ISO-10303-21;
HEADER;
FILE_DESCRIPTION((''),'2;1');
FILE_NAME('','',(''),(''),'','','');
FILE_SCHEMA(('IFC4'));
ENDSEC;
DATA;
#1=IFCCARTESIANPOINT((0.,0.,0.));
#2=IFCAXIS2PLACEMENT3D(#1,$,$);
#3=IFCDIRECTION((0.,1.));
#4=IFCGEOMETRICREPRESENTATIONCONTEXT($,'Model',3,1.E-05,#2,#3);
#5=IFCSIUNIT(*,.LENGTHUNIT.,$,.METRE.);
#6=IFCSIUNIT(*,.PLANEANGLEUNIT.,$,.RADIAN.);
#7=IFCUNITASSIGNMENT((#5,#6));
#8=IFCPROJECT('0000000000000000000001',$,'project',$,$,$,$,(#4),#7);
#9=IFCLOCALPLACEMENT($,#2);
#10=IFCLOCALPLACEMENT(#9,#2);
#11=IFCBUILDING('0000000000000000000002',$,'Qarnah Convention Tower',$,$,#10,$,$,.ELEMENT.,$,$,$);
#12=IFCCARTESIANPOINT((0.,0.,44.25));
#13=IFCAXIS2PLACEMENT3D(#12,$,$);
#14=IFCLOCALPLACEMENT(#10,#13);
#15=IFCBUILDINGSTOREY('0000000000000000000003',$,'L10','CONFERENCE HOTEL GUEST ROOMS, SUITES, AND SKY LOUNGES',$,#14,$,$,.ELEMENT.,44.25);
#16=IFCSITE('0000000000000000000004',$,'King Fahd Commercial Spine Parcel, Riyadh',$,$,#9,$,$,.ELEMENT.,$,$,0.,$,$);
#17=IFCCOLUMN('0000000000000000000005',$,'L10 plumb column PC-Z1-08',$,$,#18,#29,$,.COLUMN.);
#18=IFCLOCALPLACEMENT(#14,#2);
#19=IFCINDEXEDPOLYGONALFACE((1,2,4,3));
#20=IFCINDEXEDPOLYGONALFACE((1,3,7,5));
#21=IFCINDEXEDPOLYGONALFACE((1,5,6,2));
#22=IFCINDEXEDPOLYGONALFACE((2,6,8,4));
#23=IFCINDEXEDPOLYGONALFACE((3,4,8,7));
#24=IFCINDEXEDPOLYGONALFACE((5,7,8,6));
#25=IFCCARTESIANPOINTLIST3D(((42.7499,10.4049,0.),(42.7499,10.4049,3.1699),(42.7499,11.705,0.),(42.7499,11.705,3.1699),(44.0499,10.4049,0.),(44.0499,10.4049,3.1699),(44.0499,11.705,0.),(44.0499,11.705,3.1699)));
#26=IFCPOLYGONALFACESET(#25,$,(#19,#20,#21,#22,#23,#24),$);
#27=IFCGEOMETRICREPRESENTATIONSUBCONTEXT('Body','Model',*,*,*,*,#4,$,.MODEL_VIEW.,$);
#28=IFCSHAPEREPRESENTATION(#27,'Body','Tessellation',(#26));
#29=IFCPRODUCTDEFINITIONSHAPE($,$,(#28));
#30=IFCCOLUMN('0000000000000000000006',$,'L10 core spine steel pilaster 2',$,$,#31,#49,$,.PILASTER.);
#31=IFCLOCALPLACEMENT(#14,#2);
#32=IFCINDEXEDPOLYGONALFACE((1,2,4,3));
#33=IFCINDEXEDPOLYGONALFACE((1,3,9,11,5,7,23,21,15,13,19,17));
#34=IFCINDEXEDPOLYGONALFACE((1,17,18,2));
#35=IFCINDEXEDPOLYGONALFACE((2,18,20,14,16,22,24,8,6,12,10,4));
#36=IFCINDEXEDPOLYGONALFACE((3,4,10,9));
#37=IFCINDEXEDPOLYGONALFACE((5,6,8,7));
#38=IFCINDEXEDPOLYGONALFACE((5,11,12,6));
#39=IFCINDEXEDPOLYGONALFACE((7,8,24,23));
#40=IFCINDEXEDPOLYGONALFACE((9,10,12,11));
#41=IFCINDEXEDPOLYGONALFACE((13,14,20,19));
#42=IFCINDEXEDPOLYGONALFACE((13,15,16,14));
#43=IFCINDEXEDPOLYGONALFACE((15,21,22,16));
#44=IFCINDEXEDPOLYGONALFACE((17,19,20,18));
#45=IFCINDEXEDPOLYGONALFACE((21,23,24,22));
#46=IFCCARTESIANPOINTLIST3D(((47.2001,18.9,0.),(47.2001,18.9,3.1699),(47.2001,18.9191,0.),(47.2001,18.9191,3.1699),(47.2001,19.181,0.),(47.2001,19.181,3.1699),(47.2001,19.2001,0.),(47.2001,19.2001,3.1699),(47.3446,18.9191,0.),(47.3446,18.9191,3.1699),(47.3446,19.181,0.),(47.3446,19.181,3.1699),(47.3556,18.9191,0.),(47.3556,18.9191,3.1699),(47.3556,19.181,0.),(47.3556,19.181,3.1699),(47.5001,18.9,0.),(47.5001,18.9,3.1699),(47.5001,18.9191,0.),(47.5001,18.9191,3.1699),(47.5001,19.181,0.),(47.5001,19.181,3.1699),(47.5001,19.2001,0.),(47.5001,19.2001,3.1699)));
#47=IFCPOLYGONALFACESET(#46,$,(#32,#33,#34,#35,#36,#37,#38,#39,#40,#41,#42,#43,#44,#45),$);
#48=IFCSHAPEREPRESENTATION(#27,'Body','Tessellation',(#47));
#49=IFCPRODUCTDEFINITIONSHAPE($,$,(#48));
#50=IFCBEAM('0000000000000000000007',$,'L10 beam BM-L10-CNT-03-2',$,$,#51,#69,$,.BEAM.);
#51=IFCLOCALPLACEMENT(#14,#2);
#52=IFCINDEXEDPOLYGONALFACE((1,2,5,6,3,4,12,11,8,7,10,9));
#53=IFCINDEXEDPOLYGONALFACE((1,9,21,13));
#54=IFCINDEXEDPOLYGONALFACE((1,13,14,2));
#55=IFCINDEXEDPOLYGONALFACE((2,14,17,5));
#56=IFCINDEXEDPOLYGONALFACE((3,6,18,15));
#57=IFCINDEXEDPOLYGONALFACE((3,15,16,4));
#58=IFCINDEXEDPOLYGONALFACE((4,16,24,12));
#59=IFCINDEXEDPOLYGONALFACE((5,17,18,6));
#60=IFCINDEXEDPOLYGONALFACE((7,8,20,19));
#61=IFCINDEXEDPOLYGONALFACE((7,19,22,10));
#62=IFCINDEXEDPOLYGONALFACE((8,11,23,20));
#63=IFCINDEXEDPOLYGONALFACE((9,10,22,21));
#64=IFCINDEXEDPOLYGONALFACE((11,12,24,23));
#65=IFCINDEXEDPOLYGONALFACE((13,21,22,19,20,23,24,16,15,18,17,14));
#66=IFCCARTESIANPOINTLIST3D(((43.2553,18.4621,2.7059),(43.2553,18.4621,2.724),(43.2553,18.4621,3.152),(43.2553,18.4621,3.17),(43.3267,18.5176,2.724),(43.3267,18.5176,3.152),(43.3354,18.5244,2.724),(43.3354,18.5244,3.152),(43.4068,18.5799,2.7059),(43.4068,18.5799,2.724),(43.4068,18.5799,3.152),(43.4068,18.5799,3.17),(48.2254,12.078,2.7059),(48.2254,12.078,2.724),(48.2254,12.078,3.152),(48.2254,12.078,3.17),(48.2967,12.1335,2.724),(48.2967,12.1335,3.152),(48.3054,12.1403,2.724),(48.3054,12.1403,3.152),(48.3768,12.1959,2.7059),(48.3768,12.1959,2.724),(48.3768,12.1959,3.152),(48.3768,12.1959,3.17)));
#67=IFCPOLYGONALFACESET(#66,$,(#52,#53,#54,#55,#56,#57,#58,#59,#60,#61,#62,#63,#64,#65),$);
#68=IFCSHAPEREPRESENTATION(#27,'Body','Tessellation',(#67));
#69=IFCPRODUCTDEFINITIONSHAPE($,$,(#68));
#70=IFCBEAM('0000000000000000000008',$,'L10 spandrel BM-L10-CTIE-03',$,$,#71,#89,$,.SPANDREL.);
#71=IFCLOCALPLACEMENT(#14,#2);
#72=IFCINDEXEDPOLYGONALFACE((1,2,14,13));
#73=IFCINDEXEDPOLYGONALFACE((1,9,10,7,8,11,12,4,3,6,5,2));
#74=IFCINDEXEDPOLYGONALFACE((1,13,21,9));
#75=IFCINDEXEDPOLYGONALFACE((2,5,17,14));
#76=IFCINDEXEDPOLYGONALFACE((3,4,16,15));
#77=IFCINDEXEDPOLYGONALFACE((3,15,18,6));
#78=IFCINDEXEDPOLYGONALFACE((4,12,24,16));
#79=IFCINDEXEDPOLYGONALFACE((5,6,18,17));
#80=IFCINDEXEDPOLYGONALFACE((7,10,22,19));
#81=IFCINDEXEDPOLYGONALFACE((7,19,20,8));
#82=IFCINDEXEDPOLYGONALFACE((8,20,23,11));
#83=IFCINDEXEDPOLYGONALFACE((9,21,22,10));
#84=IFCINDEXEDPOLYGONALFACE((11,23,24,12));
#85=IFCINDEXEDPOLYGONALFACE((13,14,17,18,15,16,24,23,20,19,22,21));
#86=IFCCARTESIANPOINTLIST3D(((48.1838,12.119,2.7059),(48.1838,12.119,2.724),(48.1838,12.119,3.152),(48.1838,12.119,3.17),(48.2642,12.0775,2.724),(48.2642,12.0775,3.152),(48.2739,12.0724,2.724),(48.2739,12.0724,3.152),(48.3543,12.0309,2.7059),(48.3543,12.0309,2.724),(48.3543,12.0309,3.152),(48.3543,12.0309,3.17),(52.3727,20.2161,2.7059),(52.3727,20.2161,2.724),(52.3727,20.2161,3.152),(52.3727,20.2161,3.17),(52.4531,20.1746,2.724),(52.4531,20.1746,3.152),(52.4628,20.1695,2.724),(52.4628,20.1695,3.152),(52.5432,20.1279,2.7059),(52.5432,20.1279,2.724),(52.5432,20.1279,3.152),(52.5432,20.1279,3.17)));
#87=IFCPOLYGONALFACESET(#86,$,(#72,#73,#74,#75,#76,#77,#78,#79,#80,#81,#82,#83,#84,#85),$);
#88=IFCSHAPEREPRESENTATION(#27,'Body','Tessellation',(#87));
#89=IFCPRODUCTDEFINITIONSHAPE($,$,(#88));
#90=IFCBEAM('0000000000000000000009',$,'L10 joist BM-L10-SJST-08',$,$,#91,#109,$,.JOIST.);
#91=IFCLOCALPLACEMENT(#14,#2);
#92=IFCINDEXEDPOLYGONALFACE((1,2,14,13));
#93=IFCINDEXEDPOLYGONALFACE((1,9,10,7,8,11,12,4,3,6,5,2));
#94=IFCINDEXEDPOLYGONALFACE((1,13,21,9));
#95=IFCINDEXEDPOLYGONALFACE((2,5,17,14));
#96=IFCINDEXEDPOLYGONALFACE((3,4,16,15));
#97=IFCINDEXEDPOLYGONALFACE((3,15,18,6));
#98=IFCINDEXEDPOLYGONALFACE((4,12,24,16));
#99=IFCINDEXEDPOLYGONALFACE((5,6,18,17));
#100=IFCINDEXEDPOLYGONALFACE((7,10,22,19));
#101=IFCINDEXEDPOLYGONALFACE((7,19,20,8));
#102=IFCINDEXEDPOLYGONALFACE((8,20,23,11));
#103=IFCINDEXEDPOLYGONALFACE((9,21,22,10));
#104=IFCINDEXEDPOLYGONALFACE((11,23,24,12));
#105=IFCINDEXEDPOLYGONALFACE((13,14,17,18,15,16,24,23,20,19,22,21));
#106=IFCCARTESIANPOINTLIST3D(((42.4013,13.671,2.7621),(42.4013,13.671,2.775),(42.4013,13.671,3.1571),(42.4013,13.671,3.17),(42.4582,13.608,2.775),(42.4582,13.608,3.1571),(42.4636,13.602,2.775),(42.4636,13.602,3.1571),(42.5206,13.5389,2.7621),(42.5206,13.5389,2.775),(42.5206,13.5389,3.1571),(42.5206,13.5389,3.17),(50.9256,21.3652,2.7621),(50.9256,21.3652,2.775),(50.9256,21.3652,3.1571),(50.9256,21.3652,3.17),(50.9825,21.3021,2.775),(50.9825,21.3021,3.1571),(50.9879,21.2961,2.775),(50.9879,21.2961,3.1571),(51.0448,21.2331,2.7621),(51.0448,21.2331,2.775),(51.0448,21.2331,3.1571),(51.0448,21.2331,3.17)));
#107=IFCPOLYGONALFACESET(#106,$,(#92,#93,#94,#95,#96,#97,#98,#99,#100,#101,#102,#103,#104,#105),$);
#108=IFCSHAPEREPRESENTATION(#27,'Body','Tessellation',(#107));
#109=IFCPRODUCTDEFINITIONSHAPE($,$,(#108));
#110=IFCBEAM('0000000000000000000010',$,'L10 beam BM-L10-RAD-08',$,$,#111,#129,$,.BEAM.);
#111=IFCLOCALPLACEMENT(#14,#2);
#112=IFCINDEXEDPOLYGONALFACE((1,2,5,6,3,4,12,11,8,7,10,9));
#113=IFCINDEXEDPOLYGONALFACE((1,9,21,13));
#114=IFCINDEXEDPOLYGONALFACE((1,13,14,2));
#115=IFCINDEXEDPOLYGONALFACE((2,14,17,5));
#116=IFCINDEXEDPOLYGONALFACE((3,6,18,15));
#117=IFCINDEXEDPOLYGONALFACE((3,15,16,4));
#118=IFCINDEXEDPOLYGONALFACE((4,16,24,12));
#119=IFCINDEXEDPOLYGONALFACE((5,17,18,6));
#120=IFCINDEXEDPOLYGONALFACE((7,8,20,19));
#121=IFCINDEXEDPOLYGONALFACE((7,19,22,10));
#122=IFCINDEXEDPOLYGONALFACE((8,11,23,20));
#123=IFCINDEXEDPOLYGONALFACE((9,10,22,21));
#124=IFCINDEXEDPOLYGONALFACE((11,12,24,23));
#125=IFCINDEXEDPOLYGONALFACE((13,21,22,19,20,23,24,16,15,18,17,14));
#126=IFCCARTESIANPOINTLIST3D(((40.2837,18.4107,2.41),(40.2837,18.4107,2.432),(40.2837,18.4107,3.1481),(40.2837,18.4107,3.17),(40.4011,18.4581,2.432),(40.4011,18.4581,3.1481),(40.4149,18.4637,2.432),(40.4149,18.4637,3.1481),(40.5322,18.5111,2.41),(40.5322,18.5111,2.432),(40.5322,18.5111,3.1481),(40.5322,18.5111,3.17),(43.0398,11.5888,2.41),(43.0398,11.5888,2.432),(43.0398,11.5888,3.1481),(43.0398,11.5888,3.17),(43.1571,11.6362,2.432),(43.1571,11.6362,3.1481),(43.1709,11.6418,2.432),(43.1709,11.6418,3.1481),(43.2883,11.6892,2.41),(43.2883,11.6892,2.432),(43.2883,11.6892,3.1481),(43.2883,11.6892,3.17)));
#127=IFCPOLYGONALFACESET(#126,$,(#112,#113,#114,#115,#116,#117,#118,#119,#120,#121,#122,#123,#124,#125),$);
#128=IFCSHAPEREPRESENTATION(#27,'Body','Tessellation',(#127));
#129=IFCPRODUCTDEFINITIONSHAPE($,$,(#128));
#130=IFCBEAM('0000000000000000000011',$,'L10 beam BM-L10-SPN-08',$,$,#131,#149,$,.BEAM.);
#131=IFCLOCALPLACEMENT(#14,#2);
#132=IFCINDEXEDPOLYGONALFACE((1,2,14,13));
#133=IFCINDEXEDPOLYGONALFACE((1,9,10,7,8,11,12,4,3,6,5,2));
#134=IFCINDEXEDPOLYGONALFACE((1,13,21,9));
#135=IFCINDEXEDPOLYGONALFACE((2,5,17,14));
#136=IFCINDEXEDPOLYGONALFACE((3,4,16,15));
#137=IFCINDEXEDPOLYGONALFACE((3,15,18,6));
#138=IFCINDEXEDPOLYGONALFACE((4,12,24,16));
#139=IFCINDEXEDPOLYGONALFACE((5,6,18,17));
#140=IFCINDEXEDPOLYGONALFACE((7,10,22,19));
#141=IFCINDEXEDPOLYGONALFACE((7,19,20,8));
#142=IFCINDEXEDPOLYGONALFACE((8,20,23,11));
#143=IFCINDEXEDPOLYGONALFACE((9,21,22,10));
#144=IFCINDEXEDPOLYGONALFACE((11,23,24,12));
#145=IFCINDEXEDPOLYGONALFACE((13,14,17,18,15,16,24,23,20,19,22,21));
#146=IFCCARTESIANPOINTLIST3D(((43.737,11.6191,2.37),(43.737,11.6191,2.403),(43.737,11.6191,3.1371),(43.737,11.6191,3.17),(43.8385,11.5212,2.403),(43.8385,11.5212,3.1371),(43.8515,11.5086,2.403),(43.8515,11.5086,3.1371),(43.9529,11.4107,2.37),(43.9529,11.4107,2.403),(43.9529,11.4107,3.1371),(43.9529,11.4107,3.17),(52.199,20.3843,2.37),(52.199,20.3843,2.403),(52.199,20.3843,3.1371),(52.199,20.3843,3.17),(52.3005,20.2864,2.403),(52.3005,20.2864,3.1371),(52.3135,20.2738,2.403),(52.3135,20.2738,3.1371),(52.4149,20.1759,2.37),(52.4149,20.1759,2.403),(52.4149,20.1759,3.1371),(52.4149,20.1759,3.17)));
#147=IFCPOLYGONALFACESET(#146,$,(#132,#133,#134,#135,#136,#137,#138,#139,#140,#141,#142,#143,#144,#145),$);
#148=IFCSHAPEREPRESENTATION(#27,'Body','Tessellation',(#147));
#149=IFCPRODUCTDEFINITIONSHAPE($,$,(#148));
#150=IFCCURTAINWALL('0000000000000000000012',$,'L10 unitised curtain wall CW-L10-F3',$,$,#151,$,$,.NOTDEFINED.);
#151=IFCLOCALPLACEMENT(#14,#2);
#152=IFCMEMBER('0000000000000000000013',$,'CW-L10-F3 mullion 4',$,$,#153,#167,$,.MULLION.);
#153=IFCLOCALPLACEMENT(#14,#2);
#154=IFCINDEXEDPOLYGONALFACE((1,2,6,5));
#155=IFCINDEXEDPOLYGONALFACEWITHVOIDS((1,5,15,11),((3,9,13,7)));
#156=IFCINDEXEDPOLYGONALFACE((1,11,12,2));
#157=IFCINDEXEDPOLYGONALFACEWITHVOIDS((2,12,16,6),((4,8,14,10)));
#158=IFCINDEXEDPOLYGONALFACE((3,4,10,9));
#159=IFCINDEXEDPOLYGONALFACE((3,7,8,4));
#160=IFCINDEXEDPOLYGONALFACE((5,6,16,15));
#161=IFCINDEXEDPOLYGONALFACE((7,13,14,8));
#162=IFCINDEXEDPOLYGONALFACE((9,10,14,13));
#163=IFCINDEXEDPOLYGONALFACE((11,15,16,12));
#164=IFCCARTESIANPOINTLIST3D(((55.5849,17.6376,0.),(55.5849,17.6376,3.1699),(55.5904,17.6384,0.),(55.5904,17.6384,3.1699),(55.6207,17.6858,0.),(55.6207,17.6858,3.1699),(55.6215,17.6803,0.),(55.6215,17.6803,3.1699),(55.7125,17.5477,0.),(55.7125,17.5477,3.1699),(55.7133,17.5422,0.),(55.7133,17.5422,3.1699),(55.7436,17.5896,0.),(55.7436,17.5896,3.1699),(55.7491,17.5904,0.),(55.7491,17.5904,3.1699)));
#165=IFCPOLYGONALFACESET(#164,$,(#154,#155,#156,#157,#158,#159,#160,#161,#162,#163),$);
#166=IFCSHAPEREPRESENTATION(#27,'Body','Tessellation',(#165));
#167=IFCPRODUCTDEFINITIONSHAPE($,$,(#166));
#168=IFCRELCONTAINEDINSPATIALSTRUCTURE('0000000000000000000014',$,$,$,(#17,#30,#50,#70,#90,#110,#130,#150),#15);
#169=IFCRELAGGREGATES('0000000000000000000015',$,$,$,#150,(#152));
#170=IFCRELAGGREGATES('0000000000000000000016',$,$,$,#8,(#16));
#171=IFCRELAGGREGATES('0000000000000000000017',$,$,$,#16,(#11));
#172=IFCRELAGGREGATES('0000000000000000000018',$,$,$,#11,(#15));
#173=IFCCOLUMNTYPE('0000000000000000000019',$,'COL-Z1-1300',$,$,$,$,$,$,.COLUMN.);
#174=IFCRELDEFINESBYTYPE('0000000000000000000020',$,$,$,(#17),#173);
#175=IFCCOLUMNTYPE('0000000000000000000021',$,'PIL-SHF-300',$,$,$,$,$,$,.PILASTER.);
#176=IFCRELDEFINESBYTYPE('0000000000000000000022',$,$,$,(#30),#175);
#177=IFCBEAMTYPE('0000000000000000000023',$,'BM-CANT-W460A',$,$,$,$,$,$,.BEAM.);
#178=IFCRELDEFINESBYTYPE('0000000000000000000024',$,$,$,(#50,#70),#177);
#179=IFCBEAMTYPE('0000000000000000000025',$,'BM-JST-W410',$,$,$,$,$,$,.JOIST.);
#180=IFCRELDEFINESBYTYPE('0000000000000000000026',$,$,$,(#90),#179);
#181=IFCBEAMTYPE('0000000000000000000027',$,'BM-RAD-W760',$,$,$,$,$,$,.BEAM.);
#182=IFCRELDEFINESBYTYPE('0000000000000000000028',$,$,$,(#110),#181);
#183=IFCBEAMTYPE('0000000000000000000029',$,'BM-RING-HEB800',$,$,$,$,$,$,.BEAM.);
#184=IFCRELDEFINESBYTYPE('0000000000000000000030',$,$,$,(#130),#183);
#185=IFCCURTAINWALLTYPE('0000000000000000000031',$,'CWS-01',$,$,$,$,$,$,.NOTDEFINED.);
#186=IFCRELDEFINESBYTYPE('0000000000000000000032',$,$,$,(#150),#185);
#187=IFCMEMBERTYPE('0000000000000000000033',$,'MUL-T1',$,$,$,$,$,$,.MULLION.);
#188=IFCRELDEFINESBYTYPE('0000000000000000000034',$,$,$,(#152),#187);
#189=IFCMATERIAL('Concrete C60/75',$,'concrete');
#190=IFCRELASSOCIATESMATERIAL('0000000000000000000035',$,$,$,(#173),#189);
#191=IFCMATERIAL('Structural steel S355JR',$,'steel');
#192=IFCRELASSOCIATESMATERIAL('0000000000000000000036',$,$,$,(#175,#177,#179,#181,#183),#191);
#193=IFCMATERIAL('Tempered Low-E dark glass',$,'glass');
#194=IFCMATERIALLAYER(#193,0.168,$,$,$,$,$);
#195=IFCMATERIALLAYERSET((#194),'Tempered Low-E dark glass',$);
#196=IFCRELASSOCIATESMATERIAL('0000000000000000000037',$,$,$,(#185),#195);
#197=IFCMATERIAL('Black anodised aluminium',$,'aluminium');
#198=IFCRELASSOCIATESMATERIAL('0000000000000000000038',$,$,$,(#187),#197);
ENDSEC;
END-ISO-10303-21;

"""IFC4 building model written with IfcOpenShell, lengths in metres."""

from ifc_helpers import new_model, si_unit, direction, frame, origin, origin_2d, place, context, subcontext, project, spatial, rectangle, hollow_rectangle, i_section, extrude, material, layer, layer_set, material_profile, profile_set, type_object, element, aggregate, save


model = new_model("IFC4")

# Units and contexts
model_context = context("Model", 3, precision=1e-05, world=origin(), true_north=direction((0.0, 1.0)))
body_context = subcontext(model_context, "Body", "Model", "MODEL_VIEW")
ifc_project = project(units=[si_unit("LENGTHUNIT", "METRE"), si_unit("PLANEANGLEUNIT", "RADIAN")], contexts=[model_context])

# Site, building, storey
site_placement = place(None, origin())
site = spatial("IfcSite", under=ifc_project, at=site_placement, Name="King Fahd Commercial Spine Parcel, Riyadh", CompositionType="ELEMENT", RefElevation=0.0)
building_placement = place(site_placement, origin())
building = spatial("IfcBuilding", under=site, at=building_placement, Name="Qarnah Convention Tower", CompositionType="ELEMENT")
storey_placement = place(building_placement, frame((0.0, 0.0, 44.25)))
storey = spatial("IfcBuildingStorey", under=building, at=storey_placement, Name="L10", Description="CONFERENCE HOTEL GUEST ROOMS, SUITES, AND SKY LOUNGES", CompositionType="ELEMENT", Elevation=44.25)

# Columns
ifc_material_1 = material(Name="Concrete C60/75", Category="concrete")
ifc_material_profile_1 = material_profile(ifc_material_1, rectangle(XDim=1.3, YDim=1.3, at=origin_2d()), Name="RC-COL-1300X1300")
ifc_profile_set_1 = profile_set([ifc_material_profile_1], Name="Concrete C60/75")
column_type_1 = type_object("IfcColumnType", Name="COL-Z1-1300", PredefinedType="COLUMN", material=ifc_profile_set_1)
column_1_placement = place(storey_placement, frame((43.3999, 11.0549, 0.0), z_axis=(0.0, 0.0, 1.0), x_axis=(1.0, 0.0, 0.0)))
element("IfcColumn", 1, at=column_1_placement, inside=storey, type_object=column_type_1, Name="L10 plumb column PC-Z1-08", PredefinedType="COLUMN", context=body_context, shape_type="SweptSolid", body=[
    extrude(rectangle(XDim=1.3, YDim=1.3, at=origin_2d()), origin(), (0.0, 0.0, 1.0), 3.1699),
])
ifc_material_2 = material(Name="Structural steel S355JR", Category="steel")
ifc_material_profile_2 = material_profile(ifc_material_2, i_section(OverallWidth=0.3, OverallDepth=0.3, WebThickness=0.011, FlangeThickness=0.019, at=origin_2d()), Name="HEB300")
ifc_profile_set_2 = profile_set([ifc_material_profile_2], Name="Structural steel S355JR")
column_type_2 = type_object("IfcColumnType", Name="PIL-SHF-300", PredefinedType="PILASTER", material=ifc_profile_set_2)
column_2_placement = place(storey_placement, frame((47.3501, 19.05, 0.0), z_axis=(0.0, 0.0, 1.0), x_axis=(1.0, 0.0, 0.0)))
element("IfcColumn", 2, at=column_2_placement, inside=storey, type_object=column_type_2, Name="L10 core spine steel pilaster 2", PredefinedType="PILASTER", context=body_context, shape_type="SweptSolid", body=[
    extrude(i_section(OverallWidth=0.3, OverallDepth=0.3, WebThickness=0.011, FlangeThickness=0.019, at=origin_2d()), origin(), (0.0, 0.0, 1.0), 3.1699),
])

# Beams
ifc_material_profile_3 = material_profile(ifc_material_2, i_section(OverallWidth=0.1919, OverallDepth=0.4641, WebThickness=0.011, FlangeThickness=0.0181, at=origin_2d()), Name="W460X89")
ifc_profile_set_3 = profile_set([ifc_material_profile_3], Name="Structural steel S355JR")
beam_type_1 = type_object("IfcBeamType", Name="BM-CANT-W460A", PredefinedType="BEAM", material=ifc_profile_set_3)
beam_1_placement = place(storey_placement, frame((43.3311, 18.521, 2.938), z_axis=(0.614296, -0.789076, 0.0), x_axis=(0.789076, 0.614296, 0.0)))
element("IfcBeam", 3, at=beam_1_placement, inside=storey, type_object=beam_type_1, Name="L10 beam BM-L10-CNT-03-2", PredefinedType="BEAM", context=body_context, shape_type="SweptSolid", body=[
    extrude(i_section(OverallWidth=0.1919, OverallDepth=0.4641, WebThickness=0.011, FlangeThickness=0.0181, at=origin_2d()), origin(), (0.0, 0.0, 1.0), 8.0906),
])
beam_2_placement = place(storey_placement, frame((48.269, 12.075, 2.938), z_axis=(0.45949, 0.888183, 0.0), x_axis=(-0.888183, 0.45949, 0.0)))
element("IfcBeam", 4, at=beam_2_placement, inside=storey, type_object=beam_type_1, Name="L10 spandrel BM-L10-CTIE-03", PredefinedType="SPANDREL", context=body_context, shape_type="SweptSolid", body=[
    extrude(i_section(OverallWidth=0.1919, OverallDepth=0.4641, WebThickness=0.011, FlangeThickness=0.0181, at=origin_2d()), origin(), (0.0, 0.0, 1.0), 9.1165),
])
ifc_material_profile_4 = material_profile(ifc_material_2, i_section(OverallWidth=0.178, OverallDepth=0.408, WebThickness=0.0081, FlangeThickness=0.0129, at=origin_2d()), Name="W410X60")
ifc_profile_set_4 = profile_set([ifc_material_profile_4], Name="Structural steel S355JR")
beam_type_2 = type_object("IfcBeamType", Name="BM-JST-W410", PredefinedType="JOIST", material=ifc_profile_set_4)
beam_3_placement = place(storey_placement, frame((42.4609, 13.605, 2.9661), z_axis=(0.742326, 0.670039, 0.0), x_axis=(-0.670039, 0.742326, 0.0)))
element("IfcBeam", 5, at=beam_3_placement, inside=storey, type_object=beam_type_2, Name="L10 joist BM-L10-SJST-08", PredefinedType="JOIST", context=body_context, shape_type="SweptSolid", body=[
    extrude(i_section(OverallWidth=0.178, OverallDepth=0.408, WebThickness=0.0081, FlangeThickness=0.0129, at=origin_2d()), origin(), (0.0, 0.0, 1.0), 11.4832),
])
ifc_material_profile_5 = material_profile(ifc_material_2, i_section(OverallWidth=0.2681, OverallDepth=0.76, WebThickness=0.0149, FlangeThickness=0.022, at=origin_2d()), Name="W760X185")
ifc_profile_set_5 = profile_set([ifc_material_profile_5], Name="Structural steel S355JR")
beam_type_3 = type_object("IfcBeamType", Name="BM-RAD-W760", PredefinedType="BEAM", material=ifc_profile_set_5)
beam_4_placement = place(storey_placement, frame((40.408, 18.4609, 2.79), z_axis=(0.374586, -0.927192, 0.0), x_axis=(0.927192, 0.374586, 0.0)))
element("IfcBeam", 6, at=beam_4_placement, inside=storey, type_object=beam_type_3, Name="L10 beam BM-L10-RAD-08", PredefinedType="BEAM", context=body_context, shape_type="SweptSolid", body=[
    extrude(i_section(OverallWidth=0.2681, OverallDepth=0.76, WebThickness=0.0149, FlangeThickness=0.022, at=origin_2d()), origin(), (0.0, 0.0, 1.0), 7.3577),
])
ifc_material_profile_6 = material_profile(ifc_material_2, i_section(OverallWidth=0.3, OverallDepth=0.8, WebThickness=0.0181, FlangeThickness=0.033, at=origin_2d()), Name="HEB800")
ifc_profile_set_6 = profile_set([ifc_material_profile_6], Name="Structural steel S355JR")
beam_type_4 = type_object("IfcBeamType", Name="BM-RING-HEB800", PredefinedType="BEAM", material=ifc_profile_set_6)
beam_5_placement = place(storey_placement, frame((43.845, 11.5149, 2.77), z_axis=(0.694553, 0.719442, 0.0), x_axis=(-0.719442, 0.694553, 0.0)))
element("IfcBeam", 7, at=beam_5_placement, inside=storey, type_object=beam_type_4, Name="L10 beam BM-L10-SPN-08", PredefinedType="BEAM", context=body_context, shape_type="SweptSolid", body=[
    extrude(i_section(OverallWidth=0.3, OverallDepth=0.8, WebThickness=0.0181, FlangeThickness=0.033, at=origin_2d()), origin(), (0.0, 0.0, 1.0), 12.1833),
])

# Curtain wall, member
ifc_material_3 = material(Name="Tempered Low-E dark glass", Category="glass")
ifc_layer_1 = layer(ifc_material_3, 0.168)
ifc_layer_set_1 = layer_set([ifc_layer_1], Name="Tempered Low-E dark glass")
curtain_wall_type = type_object("IfcCurtainWallType", Name="CWS-01", PredefinedType="NOTDEFINED", material=ifc_layer_set_1)
curtain_wall_1_placement = place(storey_placement, origin())
curtain_wall_1 = element("IfcCurtainWall", 8, at=curtain_wall_1_placement, inside=storey, type_object=curtain_wall_type, Name="L10 unitised curtain wall CW-L10-F3", PredefinedType="NOTDEFINED")
ifc_material_4 = material(Name="Black anodised aluminium", Category="aluminium")
ifc_material_profile_7 = material_profile(ifc_material_4, hollow_rectangle(XDim=0.0601, YDim=0.1599, WallThickness=0.0039, at=origin_2d()), Name="MUL-60X160")
ifc_profile_set_7 = profile_set([ifc_material_profile_7], Name="Black anodised aluminium")
member_type_1 = type_object("IfcMemberType", Name="MUL-T1", PredefinedType="MULLION", material=ifc_profile_set_7)
member_1_placement = place(storey_placement, frame((55.667, 17.614, 0.0), z_axis=(0.0, 0.0, 1.0), x_axis=(-0.596357, -0.80272, 0.0)))
member_1 = element("IfcMember", 9, at=member_1_placement, type_object=member_type_1, Name="CW-L10-F3 mullion 4", PredefinedType="MULLION", context=body_context, shape_type="SweptSolid", body=[
    extrude(hollow_rectangle(XDim=0.0601, YDim=0.1599, WallThickness=0.0039, at=origin_2d()), origin(), (0.0, 0.0, 1.0), 3.1699),
])
aggregate(curtain_wall_1, [member_1])

save(model, "model.ifc")
